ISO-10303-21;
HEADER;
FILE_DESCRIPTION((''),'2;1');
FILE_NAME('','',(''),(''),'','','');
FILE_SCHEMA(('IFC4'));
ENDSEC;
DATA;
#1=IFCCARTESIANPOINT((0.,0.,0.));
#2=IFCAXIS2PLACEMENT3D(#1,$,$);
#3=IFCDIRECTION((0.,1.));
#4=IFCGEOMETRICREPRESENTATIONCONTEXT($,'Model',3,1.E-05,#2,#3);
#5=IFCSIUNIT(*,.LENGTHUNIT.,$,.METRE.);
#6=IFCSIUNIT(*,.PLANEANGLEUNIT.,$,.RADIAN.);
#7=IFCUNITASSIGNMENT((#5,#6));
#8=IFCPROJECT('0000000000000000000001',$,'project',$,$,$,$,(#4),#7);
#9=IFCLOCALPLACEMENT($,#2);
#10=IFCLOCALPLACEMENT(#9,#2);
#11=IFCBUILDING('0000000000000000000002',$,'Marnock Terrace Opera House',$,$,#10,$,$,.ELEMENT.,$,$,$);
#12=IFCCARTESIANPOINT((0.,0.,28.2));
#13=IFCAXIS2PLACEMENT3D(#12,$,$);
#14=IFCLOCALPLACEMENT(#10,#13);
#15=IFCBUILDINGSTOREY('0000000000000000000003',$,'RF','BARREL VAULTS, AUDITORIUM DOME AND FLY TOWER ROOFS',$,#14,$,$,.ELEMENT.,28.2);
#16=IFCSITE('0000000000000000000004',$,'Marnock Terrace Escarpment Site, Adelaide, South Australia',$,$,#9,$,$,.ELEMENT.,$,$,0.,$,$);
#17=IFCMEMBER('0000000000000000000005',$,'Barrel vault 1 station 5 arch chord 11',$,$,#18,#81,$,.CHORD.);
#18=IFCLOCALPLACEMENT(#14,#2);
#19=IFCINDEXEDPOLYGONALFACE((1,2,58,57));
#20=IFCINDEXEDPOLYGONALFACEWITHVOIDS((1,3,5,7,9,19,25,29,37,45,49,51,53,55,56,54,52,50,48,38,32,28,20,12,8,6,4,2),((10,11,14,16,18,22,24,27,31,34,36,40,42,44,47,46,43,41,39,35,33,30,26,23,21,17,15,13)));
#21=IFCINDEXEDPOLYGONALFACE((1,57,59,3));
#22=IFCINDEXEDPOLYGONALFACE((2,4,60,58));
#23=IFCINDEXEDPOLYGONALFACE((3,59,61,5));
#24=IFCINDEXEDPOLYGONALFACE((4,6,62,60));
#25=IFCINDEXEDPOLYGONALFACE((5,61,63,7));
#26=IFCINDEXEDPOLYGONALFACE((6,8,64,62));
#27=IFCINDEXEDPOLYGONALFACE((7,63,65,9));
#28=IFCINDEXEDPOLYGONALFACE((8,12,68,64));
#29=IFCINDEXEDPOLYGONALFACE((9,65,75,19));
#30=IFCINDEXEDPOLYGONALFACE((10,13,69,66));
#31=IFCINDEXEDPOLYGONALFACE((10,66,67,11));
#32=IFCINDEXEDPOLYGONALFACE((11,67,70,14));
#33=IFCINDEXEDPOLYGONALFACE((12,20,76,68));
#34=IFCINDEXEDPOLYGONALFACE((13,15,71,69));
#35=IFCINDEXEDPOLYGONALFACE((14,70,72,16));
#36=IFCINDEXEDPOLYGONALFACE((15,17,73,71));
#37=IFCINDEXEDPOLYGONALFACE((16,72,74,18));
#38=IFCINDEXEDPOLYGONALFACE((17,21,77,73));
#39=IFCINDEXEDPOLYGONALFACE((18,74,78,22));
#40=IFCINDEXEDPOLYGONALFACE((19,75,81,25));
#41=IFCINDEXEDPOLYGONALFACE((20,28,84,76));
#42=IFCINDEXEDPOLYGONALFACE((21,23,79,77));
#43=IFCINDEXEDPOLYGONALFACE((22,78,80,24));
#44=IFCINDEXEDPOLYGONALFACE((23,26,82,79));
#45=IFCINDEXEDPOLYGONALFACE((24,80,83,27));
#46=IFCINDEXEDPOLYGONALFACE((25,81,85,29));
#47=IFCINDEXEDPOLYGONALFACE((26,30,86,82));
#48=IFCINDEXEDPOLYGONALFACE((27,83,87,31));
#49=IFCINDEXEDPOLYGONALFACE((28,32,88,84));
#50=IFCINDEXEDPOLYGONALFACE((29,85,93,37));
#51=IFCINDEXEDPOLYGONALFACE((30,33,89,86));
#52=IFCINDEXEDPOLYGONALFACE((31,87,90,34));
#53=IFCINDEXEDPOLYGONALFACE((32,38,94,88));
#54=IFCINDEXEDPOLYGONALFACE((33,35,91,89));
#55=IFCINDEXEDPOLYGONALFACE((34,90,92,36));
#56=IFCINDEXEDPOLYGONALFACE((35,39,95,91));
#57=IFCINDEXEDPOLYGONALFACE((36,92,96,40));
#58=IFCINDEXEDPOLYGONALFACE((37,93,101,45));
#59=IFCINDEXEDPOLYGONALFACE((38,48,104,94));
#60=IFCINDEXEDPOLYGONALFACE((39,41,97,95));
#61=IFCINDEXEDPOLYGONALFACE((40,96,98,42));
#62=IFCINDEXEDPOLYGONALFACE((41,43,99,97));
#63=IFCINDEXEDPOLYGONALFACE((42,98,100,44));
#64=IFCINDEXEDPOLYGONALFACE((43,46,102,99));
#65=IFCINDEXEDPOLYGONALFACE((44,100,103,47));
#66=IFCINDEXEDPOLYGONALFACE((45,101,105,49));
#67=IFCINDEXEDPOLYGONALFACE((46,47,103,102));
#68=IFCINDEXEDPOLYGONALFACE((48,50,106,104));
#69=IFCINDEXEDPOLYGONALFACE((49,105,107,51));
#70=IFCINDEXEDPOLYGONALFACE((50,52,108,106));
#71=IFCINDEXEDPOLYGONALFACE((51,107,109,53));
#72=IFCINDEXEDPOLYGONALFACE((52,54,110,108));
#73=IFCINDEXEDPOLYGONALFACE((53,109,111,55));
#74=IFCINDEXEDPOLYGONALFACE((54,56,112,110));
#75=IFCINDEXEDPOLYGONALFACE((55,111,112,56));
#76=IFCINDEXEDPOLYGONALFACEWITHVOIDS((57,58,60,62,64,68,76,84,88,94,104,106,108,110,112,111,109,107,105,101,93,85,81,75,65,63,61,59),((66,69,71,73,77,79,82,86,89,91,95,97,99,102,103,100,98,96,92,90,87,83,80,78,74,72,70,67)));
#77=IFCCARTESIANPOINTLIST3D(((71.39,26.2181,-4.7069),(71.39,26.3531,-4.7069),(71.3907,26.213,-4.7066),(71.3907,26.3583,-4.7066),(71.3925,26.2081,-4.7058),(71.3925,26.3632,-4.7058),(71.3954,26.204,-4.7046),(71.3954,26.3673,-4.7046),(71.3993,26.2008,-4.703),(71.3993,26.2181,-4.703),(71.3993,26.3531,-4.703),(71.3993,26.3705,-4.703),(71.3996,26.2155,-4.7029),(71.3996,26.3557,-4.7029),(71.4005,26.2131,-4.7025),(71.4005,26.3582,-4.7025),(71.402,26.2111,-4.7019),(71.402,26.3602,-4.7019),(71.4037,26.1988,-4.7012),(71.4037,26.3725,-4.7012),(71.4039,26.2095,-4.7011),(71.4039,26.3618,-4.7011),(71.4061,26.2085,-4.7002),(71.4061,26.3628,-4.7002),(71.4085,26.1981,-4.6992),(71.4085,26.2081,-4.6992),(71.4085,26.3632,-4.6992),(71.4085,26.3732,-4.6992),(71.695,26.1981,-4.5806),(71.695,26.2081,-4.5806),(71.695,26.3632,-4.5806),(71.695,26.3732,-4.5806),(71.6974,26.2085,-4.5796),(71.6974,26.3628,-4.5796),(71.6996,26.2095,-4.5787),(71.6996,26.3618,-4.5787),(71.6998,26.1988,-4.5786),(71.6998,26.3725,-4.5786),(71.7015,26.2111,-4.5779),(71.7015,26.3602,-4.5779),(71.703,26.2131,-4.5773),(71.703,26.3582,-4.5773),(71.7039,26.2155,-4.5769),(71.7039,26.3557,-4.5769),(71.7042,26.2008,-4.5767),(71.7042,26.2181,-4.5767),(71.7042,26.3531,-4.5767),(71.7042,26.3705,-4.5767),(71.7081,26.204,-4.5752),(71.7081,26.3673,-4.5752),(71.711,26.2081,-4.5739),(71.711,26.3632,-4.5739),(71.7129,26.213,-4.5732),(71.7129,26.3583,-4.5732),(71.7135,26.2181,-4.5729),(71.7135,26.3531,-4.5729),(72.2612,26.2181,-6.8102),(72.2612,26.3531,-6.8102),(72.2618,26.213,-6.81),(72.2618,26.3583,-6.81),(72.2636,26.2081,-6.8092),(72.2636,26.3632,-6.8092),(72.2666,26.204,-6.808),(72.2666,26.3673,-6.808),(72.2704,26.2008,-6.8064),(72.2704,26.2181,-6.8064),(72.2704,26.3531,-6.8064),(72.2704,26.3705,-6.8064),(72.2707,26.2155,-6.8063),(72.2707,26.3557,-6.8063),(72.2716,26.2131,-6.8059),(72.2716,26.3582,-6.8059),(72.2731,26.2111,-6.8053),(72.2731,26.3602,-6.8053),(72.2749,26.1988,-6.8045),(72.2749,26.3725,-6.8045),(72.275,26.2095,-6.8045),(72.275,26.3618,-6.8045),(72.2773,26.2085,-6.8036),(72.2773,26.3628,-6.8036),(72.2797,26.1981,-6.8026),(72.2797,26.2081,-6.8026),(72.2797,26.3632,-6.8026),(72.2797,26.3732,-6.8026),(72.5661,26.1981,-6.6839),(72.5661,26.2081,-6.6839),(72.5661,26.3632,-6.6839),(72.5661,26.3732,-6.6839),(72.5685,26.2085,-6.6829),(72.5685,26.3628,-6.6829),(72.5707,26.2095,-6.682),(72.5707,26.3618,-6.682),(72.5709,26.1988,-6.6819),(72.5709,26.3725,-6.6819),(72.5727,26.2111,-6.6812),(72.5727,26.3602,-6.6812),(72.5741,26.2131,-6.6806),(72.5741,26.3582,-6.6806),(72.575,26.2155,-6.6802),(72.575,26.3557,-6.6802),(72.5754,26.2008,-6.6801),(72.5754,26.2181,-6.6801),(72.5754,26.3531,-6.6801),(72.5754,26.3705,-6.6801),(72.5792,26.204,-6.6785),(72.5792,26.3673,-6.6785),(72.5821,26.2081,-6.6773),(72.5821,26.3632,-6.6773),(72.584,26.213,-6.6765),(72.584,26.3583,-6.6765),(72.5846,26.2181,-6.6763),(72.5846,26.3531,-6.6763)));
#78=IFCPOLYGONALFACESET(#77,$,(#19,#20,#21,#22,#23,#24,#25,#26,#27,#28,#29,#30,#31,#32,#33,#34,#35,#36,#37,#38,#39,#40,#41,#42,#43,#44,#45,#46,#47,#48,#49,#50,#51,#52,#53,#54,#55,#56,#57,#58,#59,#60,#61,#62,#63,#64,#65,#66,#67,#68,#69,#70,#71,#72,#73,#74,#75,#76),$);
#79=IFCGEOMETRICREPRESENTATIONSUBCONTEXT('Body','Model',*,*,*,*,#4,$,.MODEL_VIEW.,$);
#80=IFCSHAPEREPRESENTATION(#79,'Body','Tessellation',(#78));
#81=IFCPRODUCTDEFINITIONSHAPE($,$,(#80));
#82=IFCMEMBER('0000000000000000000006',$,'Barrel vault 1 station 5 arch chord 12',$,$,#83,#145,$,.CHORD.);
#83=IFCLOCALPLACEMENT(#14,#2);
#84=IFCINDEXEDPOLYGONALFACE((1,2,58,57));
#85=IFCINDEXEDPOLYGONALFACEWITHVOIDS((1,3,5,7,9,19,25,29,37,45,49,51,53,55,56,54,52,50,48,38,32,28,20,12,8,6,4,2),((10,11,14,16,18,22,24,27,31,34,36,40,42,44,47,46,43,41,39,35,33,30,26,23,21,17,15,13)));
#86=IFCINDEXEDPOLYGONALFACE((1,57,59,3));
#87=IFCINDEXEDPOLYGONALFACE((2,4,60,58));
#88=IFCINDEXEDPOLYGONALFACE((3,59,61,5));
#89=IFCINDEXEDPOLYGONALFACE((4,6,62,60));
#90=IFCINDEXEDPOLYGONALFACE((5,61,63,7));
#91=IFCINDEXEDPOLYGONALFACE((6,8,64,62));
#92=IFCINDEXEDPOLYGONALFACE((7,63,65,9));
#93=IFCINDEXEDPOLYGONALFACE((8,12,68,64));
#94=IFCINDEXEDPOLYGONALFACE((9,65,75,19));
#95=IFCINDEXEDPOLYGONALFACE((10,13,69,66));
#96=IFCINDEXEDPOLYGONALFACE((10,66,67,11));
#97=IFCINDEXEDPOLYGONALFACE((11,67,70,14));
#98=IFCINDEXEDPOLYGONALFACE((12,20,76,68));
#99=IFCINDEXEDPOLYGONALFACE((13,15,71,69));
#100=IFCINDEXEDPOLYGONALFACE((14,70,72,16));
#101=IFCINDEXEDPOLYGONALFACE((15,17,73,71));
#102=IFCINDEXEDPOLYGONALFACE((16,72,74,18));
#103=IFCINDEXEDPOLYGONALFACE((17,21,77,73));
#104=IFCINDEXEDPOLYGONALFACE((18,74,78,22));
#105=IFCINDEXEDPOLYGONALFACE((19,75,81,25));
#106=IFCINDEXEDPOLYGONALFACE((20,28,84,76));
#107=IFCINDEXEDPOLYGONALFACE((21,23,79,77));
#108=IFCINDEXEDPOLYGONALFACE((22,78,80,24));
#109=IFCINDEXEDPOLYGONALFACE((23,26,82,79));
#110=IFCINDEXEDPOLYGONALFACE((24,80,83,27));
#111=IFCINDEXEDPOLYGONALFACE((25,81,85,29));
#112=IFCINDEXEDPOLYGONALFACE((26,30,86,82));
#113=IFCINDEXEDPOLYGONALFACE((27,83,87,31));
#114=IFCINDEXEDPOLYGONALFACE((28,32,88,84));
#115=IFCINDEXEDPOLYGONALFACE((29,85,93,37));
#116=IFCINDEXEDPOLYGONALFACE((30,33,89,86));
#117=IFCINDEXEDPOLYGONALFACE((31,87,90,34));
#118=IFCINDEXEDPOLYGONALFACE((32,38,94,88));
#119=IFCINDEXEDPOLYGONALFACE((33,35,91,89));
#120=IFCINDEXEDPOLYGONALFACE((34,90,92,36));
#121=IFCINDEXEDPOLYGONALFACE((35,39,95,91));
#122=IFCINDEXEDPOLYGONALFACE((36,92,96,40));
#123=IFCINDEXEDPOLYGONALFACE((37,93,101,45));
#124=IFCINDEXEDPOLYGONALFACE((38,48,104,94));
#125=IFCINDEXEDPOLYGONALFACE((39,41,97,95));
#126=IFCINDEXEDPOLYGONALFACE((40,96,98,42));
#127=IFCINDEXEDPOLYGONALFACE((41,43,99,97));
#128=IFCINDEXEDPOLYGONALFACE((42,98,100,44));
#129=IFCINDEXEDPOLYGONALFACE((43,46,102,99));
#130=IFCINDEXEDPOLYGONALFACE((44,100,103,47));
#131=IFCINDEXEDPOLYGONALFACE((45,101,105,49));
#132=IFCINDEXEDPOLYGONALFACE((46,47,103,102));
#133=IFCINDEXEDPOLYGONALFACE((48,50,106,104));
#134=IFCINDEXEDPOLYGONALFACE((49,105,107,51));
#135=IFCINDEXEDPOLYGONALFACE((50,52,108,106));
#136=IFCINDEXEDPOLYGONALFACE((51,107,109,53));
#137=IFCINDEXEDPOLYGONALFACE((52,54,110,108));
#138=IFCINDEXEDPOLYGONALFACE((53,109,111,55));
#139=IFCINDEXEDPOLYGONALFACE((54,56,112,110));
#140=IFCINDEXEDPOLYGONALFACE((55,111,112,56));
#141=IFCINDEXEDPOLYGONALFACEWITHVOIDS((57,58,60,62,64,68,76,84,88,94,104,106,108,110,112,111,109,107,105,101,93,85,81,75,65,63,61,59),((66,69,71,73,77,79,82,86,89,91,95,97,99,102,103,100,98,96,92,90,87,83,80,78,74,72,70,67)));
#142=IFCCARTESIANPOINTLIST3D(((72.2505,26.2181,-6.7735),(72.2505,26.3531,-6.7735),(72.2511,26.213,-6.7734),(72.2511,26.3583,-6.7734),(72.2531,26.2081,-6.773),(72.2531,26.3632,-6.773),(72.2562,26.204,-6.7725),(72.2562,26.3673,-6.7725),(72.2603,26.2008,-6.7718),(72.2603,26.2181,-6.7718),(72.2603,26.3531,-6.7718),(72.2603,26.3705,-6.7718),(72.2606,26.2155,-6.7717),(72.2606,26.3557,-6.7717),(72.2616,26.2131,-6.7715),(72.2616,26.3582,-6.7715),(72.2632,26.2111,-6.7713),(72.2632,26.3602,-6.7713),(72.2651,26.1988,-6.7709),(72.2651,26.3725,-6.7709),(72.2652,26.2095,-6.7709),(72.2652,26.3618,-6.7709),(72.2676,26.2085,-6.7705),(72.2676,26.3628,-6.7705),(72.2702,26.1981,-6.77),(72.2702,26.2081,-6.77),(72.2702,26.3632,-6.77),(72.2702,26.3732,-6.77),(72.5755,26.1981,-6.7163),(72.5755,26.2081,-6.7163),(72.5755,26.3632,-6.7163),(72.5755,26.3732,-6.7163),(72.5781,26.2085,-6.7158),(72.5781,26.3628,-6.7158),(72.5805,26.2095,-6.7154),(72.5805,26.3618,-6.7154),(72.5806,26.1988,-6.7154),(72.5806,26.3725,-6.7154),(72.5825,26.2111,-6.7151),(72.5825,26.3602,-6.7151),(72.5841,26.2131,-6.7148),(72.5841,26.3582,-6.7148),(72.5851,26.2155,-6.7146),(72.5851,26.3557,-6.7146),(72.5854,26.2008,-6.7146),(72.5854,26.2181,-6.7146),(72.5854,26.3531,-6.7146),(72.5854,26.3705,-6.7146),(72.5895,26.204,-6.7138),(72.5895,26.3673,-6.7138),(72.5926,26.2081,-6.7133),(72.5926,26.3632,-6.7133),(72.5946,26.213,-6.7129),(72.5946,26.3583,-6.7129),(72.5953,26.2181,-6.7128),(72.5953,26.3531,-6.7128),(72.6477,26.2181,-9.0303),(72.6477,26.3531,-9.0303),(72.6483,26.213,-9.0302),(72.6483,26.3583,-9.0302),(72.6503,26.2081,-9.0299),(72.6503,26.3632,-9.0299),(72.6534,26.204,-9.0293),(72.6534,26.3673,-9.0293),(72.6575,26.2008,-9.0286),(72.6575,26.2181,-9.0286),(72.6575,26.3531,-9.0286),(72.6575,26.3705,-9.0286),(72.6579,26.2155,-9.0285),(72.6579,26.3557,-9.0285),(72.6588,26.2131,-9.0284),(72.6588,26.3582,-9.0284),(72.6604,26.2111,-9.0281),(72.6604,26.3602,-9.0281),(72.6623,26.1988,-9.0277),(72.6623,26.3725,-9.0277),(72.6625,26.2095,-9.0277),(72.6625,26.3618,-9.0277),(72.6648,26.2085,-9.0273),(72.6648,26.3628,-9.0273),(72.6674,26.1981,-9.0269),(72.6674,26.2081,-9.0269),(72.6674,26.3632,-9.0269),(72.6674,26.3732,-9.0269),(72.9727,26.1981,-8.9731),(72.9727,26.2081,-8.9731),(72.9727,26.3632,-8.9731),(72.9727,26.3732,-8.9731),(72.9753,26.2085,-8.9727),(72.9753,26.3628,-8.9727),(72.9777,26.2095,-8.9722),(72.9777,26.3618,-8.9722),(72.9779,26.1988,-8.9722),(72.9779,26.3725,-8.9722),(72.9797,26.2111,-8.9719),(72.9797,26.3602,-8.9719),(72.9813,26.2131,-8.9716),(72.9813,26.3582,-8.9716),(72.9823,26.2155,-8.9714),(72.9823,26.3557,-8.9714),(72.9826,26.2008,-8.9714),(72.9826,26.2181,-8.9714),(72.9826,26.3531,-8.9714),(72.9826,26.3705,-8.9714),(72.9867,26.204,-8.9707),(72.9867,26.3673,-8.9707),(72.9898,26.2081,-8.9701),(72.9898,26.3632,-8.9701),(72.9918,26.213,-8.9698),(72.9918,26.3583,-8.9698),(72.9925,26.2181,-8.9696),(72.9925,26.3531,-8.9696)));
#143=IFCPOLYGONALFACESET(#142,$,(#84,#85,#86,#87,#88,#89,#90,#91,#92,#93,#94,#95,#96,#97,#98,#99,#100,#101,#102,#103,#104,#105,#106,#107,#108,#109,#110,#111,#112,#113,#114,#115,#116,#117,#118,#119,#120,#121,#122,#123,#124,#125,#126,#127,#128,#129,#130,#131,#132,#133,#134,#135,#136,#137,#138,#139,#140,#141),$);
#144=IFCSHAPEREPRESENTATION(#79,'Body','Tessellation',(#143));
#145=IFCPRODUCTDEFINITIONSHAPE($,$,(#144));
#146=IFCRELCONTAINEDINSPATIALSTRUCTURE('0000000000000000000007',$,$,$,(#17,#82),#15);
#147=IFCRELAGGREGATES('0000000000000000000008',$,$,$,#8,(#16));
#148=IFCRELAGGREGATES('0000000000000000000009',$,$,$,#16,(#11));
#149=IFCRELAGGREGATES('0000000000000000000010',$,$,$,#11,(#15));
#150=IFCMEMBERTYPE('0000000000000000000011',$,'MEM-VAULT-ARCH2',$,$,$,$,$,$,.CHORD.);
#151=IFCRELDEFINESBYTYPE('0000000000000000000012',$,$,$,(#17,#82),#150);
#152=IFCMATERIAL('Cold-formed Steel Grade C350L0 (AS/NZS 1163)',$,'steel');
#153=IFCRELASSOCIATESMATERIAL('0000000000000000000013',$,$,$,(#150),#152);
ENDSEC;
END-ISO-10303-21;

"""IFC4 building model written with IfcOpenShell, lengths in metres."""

from ifc_helpers import new_model, si_unit, direction, frame, origin, origin_2d, place, context, subcontext, project, spatial, hollow_rectangle, extrude, material, material_profile, profile_set, type_object, element, save


model = new_model("IFC4")

# Units and contexts
model_context = context("Model", 3, precision=1e-05, world=origin(), true_north=direction((0.0, 1.0)))
body_context = subcontext(model_context, "Body", "Model", "MODEL_VIEW")
ifc_project = project(units=[si_unit("LENGTHUNIT", "METRE"), si_unit("PLANEANGLEUNIT", "RADIAN")], contexts=[model_context])

# Site, building, storey
site_placement = place(None, origin())
site = spatial("IfcSite", under=ifc_project, at=site_placement, Name="Marnock Terrace Escarpment Site, Adelaide, South Australia", CompositionType="ELEMENT", RefElevation=0.0)
building_placement = place(site_placement, origin())
building = spatial("IfcBuilding", under=site, at=building_placement, Name="Marnock Terrace Opera House", CompositionType="ELEMENT")
storey_placement = place(building_placement, frame((0.0, 0.0, 28.2)))
storey = spatial("IfcBuildingStorey", under=building, at=storey_placement, Name="RF", Description="BARREL VAULTS, AUDITORIUM DOME AND FLY TOWER ROOFS", CompositionType="ELEMENT", Elevation=28.2)

# Members
ifc_material = material(Name="Cold-formed Steel Grade C350L0 (AS/NZS 1163)", Category="steel")
ifc_material_profile_1 = material_profile(ifc_material, hollow_rectangle(XDim=0.175, YDim=0.3501, WallThickness=0.01, InnerFilletRadius=0.01, OuterFilletRadius=0.02, at=origin_2d()))
ifc_profile_set_1 = profile_set([ifc_material_profile_1], Name="Cold-formed Steel Grade C350L0 (AS/NZS 1163)")
member_type_1 = type_object("IfcMemberType", Name="MEM-VAULT-ARCH2", PredefinedType="CHORD", material=ifc_profile_set_1)
member_1_placement = place(storey_placement, frame((71.5518, 26.2856, -4.6399), z_axis=(0.382642, 0.0, -0.923897), x_axis=(0.0, 1.0, 0.0)))
element("IfcMember", 1, at=member_1_placement, inside=storey, type_object=member_type_1, Name="Barrel vault 1 station 5 arch chord 11", PredefinedType="CHORD", context=body_context, shape_type="SweptSolid", body=[
    extrude(hollow_rectangle(XDim=0.175, YDim=0.3501, WallThickness=0.01, InnerFilletRadius=0.01, OuterFilletRadius=0.02, at=origin_2d()), origin(), (0.0, 0.0, 1.0), 2.2766),
])
member_2_placement = place(storey_placement, frame((72.4229, 26.2856, -6.7432), z_axis=(0.173342, 0.0, -0.984862), x_axis=(0.0, 1.0, 0.0)))
element("IfcMember", 2, at=member_2_placement, inside=storey, type_object=member_type_1, Name="Barrel vault 1 station 5 arch chord 12", PredefinedType="CHORD", context=body_context, shape_type="SweptSolid", body=[
    extrude(hollow_rectangle(XDim=0.175, YDim=0.3501, WallThickness=0.01, InnerFilletRadius=0.01, OuterFilletRadius=0.02, at=origin_2d()), origin(), (0.0, 0.0, 1.0), 2.2915),
])

save(model, "model.ifc")
